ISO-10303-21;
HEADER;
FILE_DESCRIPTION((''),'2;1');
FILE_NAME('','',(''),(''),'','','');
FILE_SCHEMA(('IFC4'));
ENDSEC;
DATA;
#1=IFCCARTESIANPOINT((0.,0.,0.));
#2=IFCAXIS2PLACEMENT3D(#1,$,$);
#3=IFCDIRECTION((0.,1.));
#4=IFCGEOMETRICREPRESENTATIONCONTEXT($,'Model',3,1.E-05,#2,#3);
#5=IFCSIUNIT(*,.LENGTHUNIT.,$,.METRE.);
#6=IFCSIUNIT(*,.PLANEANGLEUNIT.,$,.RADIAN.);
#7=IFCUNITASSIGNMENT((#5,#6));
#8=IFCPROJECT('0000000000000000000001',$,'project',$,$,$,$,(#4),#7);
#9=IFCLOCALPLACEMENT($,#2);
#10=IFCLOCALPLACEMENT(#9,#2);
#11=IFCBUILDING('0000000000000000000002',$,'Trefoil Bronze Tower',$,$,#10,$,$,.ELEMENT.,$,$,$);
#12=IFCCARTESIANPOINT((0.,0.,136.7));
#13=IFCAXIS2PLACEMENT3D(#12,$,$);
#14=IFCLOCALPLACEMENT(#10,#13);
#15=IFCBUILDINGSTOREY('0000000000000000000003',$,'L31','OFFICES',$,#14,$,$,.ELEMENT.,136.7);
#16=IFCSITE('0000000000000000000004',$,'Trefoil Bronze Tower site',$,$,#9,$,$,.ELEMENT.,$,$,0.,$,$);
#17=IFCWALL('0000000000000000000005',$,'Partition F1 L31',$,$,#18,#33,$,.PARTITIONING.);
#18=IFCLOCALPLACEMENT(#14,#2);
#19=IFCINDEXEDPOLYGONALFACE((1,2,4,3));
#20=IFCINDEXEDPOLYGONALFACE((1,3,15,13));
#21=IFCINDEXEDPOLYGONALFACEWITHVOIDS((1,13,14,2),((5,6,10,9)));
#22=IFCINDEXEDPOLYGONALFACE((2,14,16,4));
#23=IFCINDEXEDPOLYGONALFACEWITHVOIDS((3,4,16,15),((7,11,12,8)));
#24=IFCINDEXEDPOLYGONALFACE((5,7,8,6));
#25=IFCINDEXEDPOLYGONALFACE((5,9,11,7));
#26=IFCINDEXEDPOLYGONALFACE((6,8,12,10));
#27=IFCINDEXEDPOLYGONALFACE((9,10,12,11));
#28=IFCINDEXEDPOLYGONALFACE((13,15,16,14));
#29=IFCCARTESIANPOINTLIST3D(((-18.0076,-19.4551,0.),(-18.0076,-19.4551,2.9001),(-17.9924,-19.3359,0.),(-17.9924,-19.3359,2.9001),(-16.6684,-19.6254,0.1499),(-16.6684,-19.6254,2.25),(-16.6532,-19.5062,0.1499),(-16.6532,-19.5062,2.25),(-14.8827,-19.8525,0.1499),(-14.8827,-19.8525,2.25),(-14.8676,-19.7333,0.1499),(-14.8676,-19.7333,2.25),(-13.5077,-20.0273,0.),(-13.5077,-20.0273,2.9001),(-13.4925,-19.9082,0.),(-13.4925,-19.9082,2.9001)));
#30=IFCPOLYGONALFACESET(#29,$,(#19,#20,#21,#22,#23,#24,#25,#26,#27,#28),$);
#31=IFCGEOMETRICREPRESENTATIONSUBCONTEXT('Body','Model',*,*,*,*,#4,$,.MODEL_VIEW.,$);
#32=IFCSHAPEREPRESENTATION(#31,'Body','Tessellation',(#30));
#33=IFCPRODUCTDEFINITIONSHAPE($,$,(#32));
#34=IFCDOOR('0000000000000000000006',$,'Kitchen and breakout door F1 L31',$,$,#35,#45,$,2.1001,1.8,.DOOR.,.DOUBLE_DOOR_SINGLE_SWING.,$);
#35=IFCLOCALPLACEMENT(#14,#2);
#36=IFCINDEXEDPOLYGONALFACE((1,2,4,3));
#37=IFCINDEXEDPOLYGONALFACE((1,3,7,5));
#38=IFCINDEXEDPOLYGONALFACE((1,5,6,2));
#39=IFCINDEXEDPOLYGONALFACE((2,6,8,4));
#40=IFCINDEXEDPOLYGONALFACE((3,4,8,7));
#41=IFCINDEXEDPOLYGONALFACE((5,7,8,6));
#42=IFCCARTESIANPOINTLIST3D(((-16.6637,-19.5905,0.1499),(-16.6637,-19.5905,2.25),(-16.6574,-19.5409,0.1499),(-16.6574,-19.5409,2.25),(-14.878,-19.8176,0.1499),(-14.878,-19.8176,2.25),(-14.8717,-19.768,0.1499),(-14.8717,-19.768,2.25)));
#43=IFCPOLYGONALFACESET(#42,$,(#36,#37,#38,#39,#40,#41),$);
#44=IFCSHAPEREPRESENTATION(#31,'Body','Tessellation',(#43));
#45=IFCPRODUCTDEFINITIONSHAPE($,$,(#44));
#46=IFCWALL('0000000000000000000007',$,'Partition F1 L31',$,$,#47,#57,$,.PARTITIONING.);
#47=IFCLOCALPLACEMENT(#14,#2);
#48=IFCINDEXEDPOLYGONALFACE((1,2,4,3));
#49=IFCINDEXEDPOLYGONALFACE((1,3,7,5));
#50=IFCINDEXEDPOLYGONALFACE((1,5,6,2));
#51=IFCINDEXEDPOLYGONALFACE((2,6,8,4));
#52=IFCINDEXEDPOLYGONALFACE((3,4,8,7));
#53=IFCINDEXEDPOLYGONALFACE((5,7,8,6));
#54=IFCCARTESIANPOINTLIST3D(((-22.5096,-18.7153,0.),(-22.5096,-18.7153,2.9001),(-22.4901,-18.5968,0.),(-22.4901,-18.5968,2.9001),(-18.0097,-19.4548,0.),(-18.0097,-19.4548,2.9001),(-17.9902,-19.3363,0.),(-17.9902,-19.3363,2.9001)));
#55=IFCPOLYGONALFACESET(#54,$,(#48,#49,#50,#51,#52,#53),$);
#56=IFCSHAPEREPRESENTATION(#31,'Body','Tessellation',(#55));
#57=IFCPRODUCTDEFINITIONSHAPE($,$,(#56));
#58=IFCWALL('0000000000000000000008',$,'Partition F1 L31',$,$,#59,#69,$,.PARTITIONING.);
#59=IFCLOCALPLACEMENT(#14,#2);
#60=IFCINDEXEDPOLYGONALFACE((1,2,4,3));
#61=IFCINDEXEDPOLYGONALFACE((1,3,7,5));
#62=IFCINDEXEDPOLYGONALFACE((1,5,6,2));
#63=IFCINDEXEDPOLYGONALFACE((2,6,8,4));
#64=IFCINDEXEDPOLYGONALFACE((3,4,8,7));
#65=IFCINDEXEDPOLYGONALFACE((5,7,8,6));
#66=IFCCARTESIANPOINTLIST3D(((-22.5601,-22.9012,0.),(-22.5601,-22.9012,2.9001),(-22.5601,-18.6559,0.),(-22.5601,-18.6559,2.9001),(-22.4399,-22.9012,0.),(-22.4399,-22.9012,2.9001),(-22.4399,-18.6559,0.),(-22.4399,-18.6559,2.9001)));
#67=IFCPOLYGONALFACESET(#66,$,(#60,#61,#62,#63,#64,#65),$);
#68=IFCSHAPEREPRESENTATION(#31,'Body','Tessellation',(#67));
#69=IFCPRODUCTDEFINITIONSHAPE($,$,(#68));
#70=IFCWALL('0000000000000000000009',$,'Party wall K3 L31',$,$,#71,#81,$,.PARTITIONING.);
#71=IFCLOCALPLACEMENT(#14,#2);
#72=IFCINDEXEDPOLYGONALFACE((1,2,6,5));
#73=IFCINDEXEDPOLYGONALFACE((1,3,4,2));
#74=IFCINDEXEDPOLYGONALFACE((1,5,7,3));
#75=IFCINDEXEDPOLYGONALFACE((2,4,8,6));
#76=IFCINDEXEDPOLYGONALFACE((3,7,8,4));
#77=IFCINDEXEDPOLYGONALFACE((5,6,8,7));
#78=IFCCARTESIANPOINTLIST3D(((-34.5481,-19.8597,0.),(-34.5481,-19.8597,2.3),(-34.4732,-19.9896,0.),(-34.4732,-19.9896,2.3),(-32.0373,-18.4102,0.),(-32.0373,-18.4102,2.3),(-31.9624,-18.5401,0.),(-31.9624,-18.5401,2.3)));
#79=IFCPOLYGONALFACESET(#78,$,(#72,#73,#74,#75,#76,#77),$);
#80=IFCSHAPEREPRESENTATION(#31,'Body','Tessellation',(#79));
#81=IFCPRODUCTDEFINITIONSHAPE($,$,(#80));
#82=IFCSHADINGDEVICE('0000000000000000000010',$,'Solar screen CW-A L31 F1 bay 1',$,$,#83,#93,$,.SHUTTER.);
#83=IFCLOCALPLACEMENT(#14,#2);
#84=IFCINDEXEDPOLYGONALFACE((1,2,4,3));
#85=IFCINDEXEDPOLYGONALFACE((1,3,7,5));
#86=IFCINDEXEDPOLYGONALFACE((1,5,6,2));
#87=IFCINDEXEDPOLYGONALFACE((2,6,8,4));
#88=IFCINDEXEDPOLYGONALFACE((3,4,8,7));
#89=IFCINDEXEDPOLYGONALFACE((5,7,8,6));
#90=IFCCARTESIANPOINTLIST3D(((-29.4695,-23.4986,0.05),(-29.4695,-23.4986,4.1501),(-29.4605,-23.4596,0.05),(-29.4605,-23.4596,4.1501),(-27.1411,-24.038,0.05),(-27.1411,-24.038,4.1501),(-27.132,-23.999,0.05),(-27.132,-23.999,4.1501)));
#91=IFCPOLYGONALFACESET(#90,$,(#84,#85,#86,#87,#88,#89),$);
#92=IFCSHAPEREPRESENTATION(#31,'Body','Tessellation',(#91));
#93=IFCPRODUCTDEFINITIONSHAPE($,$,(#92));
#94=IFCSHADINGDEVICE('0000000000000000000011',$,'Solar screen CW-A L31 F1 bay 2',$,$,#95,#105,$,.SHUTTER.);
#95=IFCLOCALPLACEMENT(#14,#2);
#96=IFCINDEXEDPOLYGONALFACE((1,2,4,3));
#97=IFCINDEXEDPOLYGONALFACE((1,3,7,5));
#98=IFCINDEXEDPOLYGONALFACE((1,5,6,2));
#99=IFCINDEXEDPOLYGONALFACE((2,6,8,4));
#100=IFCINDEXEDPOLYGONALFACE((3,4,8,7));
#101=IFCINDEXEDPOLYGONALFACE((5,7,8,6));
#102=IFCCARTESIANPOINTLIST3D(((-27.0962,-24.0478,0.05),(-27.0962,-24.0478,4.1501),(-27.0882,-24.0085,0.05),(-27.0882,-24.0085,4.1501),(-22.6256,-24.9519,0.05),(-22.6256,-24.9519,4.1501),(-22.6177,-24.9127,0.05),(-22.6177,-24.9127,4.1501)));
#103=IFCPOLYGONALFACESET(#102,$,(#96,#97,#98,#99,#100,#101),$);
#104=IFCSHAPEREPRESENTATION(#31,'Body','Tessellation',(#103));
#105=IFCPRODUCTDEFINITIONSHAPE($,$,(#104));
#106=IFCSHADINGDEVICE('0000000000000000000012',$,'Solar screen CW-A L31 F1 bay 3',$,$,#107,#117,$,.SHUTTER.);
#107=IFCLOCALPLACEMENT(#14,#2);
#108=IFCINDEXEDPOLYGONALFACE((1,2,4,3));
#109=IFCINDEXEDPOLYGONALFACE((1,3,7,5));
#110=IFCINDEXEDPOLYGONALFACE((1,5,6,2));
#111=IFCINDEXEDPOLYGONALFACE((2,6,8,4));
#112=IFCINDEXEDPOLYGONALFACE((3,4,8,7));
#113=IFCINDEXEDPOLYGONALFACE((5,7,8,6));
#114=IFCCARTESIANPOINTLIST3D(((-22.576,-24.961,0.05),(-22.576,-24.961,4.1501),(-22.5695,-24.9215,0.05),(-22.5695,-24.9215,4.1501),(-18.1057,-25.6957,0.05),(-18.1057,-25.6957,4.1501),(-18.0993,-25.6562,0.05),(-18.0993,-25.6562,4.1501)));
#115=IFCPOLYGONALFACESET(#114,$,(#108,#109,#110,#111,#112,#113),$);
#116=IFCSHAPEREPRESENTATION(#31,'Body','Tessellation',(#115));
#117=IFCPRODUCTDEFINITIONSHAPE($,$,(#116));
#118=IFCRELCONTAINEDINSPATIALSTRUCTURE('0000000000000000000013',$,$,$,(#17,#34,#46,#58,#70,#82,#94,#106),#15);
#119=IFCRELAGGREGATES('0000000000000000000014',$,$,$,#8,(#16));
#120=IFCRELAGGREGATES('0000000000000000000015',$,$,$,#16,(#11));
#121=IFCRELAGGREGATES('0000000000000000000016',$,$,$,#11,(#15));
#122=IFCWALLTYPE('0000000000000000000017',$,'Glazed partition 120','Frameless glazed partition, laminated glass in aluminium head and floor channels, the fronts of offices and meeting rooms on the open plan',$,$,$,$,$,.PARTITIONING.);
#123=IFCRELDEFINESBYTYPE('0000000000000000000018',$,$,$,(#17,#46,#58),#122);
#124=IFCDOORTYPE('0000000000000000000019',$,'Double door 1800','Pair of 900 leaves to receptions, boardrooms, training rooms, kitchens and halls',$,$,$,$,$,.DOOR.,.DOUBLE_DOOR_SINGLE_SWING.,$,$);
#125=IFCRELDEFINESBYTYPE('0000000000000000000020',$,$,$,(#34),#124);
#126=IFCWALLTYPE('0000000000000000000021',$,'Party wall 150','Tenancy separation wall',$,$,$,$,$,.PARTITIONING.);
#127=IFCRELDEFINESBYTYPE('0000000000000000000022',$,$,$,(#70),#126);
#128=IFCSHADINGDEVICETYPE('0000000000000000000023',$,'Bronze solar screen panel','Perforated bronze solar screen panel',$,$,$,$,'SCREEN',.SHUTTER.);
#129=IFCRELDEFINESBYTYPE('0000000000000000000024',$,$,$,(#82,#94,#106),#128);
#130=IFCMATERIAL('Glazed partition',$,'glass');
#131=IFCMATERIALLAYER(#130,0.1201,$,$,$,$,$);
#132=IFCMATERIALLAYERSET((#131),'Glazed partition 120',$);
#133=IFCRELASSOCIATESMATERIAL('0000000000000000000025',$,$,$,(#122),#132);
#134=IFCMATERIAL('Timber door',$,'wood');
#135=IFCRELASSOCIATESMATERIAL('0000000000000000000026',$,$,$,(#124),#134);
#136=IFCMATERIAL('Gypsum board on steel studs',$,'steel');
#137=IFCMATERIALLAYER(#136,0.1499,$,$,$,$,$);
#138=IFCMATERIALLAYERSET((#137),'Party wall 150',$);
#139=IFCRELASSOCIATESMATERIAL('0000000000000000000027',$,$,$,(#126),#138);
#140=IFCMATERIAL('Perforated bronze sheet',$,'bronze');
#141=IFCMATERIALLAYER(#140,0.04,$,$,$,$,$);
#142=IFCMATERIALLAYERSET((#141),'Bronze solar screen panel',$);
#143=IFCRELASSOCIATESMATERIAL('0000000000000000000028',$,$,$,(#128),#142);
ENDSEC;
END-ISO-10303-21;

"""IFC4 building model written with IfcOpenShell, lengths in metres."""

from ifc_helpers import new_model, si_unit, direction, frame, frame_2d, origin, origin_2d, place, context, subcontext, project, spatial, rectangle, extrude, material, layer, layer_set, type_object, element, fill, save


model = new_model("IFC4")

# Units and contexts
model_context = context("Model", 3, precision=1e-05, world=origin(), true_north=direction((0.0, 1.0)))
body_context = subcontext(model_context, "Body", "Model", "MODEL_VIEW")
ifc_project = project(units=[si_unit("LENGTHUNIT", "METRE"), si_unit("PLANEANGLEUNIT", "RADIAN")], contexts=[model_context])

# Site, building, storey
site_placement = place(None, origin())
site = spatial("IfcSite", under=ifc_project, at=site_placement, Name="Trefoil Bronze Tower site", CompositionType="ELEMENT", RefElevation=0.0)
building_placement = place(site_placement, origin())
building = spatial("IfcBuilding", under=site, at=building_placement, Name="Trefoil Bronze Tower", CompositionType="ELEMENT")
storey_placement = place(building_placement, frame((0.0, 0.0, 136.7)))
storey = spatial("IfcBuildingStorey", under=building, at=storey_placement, Name="L31", Description="OFFICES", CompositionType="ELEMENT", Elevation=136.7)

# Wall, opening, door
ifc_material_1 = material(Name="Glazed partition", Category="glass")
ifc_layer_1 = layer(ifc_material_1, 0.1201)
ifc_layer_set_1 = layer_set([ifc_layer_1], Name="Glazed partition 120")
wall_type_1 = type_object("IfcWallType", Name="Glazed partition 120", Description="Frameless glazed partition, laminated glass in aluminium head and floor channels, the fronts of offices and meeting rooms on the open plan", PredefinedType="PARTITIONING", material=ifc_layer_set_1)
wall_1_placement = place(storey_placement, frame((-18.0, -19.3955, 0.0), z_axis=(0.0, 0.0, 1.0), x_axis=(0.992011, -0.126154, 0.0)))
wall_1 = element("IfcWall", 1, at=wall_1_placement, inside=storey, type_object=wall_type_1, Name="Partition F1 L31", PredefinedType="PARTITIONING", context=body_context, shape_type="SweptSolid", body=[
    extrude(rectangle(XDim=4.5361, YDim=0.1201, at=frame_2d((2.2681, 0.0))), origin(), (0.0, 0.0, 1.0), 2.9001),
])
opening_placement = place(wall_1_placement, frame((1.3501, 0.0, 0.1499)))
opening = element("IfcOpeningElement", 2, at=opening_placement, cuts=wall_1, PredefinedType="OPENING", context=body_context, shape_type="SweptSolid", body=[
    extrude(rectangle(XDim=1.8, YDim=2.1001, at=frame_2d((0.8999, 1.05))), frame((0.0, 0.0701, 0.0), z_axis=(0.0, -1.0, 0.0), x_axis=(1.0, 0.0, 0.0)), (0.0, 0.0, 1.0), 0.1401),
])
ifc_material_2 = material(Name="Timber door", Category="wood")
door_type = type_object("IfcDoorType", Name="Double door 1800", Description="Pair of 900 leaves to receptions, boardrooms, training rooms, kitchens and halls", OperationType="DOUBLE_DOOR_SINGLE_SWING", PredefinedType="DOOR", material=ifc_material_2)
door_placement = place(opening_placement, frame((1.8, 0.0, 0.0), z_axis=(0.0, 0.0, 1.0), x_axis=(-1.0, 0.0, 0.0)))
door = element("IfcDoor", 3, at=door_placement, inside=storey, type_object=door_type, Name="Kitchen and breakout door F1 L31", OperationType="DOUBLE_DOOR_SINGLE_SWING", OverallHeight=2.1001, OverallWidth=1.8, PredefinedType="DOOR", context=body_context, shape_type="SweptSolid", body=[
    extrude(rectangle(XDim=1.8, YDim=2.1001, at=frame_2d((0.8999, 1.05))), frame((0.0, 0.0249, 0.0), z_axis=(0.0, -1.0, 0.0), x_axis=(1.0, 0.0, 0.0)), (0.0, 0.0, 1.0), 0.05),
])
fill(opening, door)

# Walls
wall_2_placement = place(storey_placement, frame((-22.5, -18.656, 0.0), z_axis=(0.0, 0.0, 1.0), x_axis=(0.986765, -0.162159, 0.0)))
element("IfcWall", 4, at=wall_2_placement, inside=storey, type_object=wall_type_1, Name="Partition F1 L31", PredefinedType="PARTITIONING", context=body_context, shape_type="SweptSolid", body=[
    extrude(rectangle(XDim=4.5603, YDim=0.1201, at=frame_2d((2.2803, 0.0))), origin(), (0.0, 0.0, 1.0), 2.9001),
])
wall_3_placement = place(storey_placement, frame((-22.5, -18.656, 0.0), z_axis=(0.0, 0.0, 1.0), x_axis=(0.0, -1.0, 0.0)))
element("IfcWall", 5, at=wall_3_placement, inside=storey, type_object=wall_type_1, Name="Partition F1 L31", PredefinedType="PARTITIONING", context=body_context, shape_type="SweptSolid", body=[
    extrude(rectangle(XDim=4.2454, YDim=0.1201, at=frame_2d((2.1226, 0.0))), origin(), (0.0, 0.0, 1.0), 2.9001),
])
ifc_material_3 = material(Name="Gypsum board on steel studs", Category="steel")
ifc_layer_2 = layer(ifc_material_3, 0.1499)
ifc_layer_set_2 = layer_set([ifc_layer_2], Name="Party wall 150")
wall_type_2 = type_object("IfcWallType", Name="Party wall 150", Description="Tenancy separation wall", PredefinedType="PARTITIONING", material=ifc_layer_set_2)
wall_4_placement = place(storey_placement, frame((-31.9998, -18.4751, 0.0), z_axis=(0.0, 0.0, 1.0), x_axis=(-0.866043, -0.49997, 0.0)))
element("IfcWall", 6, at=wall_4_placement, inside=storey, type_object=wall_type_2, Name="Party wall K3 L31", PredefinedType="PARTITIONING", context=body_context, shape_type="SweptSolid", body=[
    extrude(rectangle(XDim=2.8992, YDim=0.1499, at=frame_2d((1.4497, 0.0))), origin(), (0.0, 0.0, 1.0), 2.3),
])

# Shading devices
ifc_material_4 = material(Name="Perforated bronze sheet", Category="bronze")
ifc_layer_3 = layer(ifc_material_4, 0.04)
ifc_layer_set_3 = layer_set([ifc_layer_3], Name="Bronze solar screen panel")
shading_device_type = type_object("IfcShadingDeviceType", Name="Bronze solar screen panel", Description="Perforated bronze solar screen panel", ElementType="SCREEN", PredefinedType="SHUTTER", material=ifc_layer_set_3)
shading_device_1_placement = place(storey_placement, frame((-28.3008, -23.7488, 0.05), z_axis=(0.0, 0.0, 1.0), x_axis=(0.974204, -0.225667, 0.0)))
element("IfcShadingDevice", 7, at=shading_device_1_placement, inside=storey, type_object=shading_device_type, Name="Solar screen CW-A L31 F1 bay 1", PredefinedType="SHUTTER", context=body_context, shape_type="SweptSolid", body=[
    extrude(rectangle(XDim=2.3901, YDim=0.04, at=origin_2d()), origin(), (0.0, 0.0, 1.0), 4.1001),
])
shading_device_2_placement = place(storey_placement, frame((-24.8569, -24.4802, 0.05), z_axis=(0.0, 0.0, 1.0), x_axis=(0.980155, -0.198232, 0.0)))
element("IfcShadingDevice", 8, at=shading_device_2_placement, inside=storey, type_object=shading_device_type, Name="Solar screen CW-A L31 F1 bay 2", PredefinedType="SHUTTER", context=body_context, shape_type="SweptSolid", body=[
    extrude(rectangle(XDim=4.561, YDim=0.04, at=origin_2d()), origin(), (0.0, 0.0, 1.0), 4.1001),
])
shading_device_3_placement = place(storey_placement, frame((-20.3376, -25.3086, 0.05), z_axis=(0.0, 0.0, 1.0), x_axis=(0.98676, -0.162189, 0.0)))
element("IfcShadingDevice", 9, at=shading_device_3_placement, inside=storey, type_object=shading_device_type, Name="Solar screen CW-A L31 F1 bay 3", PredefinedType="SHUTTER", context=body_context, shape_type="SweptSolid", body=[
    extrude(rectangle(XDim=4.5303, YDim=0.04, at=origin_2d()), origin(), (0.0, 0.0, 1.0), 4.1001),
])

save(model, "model.ifc")
